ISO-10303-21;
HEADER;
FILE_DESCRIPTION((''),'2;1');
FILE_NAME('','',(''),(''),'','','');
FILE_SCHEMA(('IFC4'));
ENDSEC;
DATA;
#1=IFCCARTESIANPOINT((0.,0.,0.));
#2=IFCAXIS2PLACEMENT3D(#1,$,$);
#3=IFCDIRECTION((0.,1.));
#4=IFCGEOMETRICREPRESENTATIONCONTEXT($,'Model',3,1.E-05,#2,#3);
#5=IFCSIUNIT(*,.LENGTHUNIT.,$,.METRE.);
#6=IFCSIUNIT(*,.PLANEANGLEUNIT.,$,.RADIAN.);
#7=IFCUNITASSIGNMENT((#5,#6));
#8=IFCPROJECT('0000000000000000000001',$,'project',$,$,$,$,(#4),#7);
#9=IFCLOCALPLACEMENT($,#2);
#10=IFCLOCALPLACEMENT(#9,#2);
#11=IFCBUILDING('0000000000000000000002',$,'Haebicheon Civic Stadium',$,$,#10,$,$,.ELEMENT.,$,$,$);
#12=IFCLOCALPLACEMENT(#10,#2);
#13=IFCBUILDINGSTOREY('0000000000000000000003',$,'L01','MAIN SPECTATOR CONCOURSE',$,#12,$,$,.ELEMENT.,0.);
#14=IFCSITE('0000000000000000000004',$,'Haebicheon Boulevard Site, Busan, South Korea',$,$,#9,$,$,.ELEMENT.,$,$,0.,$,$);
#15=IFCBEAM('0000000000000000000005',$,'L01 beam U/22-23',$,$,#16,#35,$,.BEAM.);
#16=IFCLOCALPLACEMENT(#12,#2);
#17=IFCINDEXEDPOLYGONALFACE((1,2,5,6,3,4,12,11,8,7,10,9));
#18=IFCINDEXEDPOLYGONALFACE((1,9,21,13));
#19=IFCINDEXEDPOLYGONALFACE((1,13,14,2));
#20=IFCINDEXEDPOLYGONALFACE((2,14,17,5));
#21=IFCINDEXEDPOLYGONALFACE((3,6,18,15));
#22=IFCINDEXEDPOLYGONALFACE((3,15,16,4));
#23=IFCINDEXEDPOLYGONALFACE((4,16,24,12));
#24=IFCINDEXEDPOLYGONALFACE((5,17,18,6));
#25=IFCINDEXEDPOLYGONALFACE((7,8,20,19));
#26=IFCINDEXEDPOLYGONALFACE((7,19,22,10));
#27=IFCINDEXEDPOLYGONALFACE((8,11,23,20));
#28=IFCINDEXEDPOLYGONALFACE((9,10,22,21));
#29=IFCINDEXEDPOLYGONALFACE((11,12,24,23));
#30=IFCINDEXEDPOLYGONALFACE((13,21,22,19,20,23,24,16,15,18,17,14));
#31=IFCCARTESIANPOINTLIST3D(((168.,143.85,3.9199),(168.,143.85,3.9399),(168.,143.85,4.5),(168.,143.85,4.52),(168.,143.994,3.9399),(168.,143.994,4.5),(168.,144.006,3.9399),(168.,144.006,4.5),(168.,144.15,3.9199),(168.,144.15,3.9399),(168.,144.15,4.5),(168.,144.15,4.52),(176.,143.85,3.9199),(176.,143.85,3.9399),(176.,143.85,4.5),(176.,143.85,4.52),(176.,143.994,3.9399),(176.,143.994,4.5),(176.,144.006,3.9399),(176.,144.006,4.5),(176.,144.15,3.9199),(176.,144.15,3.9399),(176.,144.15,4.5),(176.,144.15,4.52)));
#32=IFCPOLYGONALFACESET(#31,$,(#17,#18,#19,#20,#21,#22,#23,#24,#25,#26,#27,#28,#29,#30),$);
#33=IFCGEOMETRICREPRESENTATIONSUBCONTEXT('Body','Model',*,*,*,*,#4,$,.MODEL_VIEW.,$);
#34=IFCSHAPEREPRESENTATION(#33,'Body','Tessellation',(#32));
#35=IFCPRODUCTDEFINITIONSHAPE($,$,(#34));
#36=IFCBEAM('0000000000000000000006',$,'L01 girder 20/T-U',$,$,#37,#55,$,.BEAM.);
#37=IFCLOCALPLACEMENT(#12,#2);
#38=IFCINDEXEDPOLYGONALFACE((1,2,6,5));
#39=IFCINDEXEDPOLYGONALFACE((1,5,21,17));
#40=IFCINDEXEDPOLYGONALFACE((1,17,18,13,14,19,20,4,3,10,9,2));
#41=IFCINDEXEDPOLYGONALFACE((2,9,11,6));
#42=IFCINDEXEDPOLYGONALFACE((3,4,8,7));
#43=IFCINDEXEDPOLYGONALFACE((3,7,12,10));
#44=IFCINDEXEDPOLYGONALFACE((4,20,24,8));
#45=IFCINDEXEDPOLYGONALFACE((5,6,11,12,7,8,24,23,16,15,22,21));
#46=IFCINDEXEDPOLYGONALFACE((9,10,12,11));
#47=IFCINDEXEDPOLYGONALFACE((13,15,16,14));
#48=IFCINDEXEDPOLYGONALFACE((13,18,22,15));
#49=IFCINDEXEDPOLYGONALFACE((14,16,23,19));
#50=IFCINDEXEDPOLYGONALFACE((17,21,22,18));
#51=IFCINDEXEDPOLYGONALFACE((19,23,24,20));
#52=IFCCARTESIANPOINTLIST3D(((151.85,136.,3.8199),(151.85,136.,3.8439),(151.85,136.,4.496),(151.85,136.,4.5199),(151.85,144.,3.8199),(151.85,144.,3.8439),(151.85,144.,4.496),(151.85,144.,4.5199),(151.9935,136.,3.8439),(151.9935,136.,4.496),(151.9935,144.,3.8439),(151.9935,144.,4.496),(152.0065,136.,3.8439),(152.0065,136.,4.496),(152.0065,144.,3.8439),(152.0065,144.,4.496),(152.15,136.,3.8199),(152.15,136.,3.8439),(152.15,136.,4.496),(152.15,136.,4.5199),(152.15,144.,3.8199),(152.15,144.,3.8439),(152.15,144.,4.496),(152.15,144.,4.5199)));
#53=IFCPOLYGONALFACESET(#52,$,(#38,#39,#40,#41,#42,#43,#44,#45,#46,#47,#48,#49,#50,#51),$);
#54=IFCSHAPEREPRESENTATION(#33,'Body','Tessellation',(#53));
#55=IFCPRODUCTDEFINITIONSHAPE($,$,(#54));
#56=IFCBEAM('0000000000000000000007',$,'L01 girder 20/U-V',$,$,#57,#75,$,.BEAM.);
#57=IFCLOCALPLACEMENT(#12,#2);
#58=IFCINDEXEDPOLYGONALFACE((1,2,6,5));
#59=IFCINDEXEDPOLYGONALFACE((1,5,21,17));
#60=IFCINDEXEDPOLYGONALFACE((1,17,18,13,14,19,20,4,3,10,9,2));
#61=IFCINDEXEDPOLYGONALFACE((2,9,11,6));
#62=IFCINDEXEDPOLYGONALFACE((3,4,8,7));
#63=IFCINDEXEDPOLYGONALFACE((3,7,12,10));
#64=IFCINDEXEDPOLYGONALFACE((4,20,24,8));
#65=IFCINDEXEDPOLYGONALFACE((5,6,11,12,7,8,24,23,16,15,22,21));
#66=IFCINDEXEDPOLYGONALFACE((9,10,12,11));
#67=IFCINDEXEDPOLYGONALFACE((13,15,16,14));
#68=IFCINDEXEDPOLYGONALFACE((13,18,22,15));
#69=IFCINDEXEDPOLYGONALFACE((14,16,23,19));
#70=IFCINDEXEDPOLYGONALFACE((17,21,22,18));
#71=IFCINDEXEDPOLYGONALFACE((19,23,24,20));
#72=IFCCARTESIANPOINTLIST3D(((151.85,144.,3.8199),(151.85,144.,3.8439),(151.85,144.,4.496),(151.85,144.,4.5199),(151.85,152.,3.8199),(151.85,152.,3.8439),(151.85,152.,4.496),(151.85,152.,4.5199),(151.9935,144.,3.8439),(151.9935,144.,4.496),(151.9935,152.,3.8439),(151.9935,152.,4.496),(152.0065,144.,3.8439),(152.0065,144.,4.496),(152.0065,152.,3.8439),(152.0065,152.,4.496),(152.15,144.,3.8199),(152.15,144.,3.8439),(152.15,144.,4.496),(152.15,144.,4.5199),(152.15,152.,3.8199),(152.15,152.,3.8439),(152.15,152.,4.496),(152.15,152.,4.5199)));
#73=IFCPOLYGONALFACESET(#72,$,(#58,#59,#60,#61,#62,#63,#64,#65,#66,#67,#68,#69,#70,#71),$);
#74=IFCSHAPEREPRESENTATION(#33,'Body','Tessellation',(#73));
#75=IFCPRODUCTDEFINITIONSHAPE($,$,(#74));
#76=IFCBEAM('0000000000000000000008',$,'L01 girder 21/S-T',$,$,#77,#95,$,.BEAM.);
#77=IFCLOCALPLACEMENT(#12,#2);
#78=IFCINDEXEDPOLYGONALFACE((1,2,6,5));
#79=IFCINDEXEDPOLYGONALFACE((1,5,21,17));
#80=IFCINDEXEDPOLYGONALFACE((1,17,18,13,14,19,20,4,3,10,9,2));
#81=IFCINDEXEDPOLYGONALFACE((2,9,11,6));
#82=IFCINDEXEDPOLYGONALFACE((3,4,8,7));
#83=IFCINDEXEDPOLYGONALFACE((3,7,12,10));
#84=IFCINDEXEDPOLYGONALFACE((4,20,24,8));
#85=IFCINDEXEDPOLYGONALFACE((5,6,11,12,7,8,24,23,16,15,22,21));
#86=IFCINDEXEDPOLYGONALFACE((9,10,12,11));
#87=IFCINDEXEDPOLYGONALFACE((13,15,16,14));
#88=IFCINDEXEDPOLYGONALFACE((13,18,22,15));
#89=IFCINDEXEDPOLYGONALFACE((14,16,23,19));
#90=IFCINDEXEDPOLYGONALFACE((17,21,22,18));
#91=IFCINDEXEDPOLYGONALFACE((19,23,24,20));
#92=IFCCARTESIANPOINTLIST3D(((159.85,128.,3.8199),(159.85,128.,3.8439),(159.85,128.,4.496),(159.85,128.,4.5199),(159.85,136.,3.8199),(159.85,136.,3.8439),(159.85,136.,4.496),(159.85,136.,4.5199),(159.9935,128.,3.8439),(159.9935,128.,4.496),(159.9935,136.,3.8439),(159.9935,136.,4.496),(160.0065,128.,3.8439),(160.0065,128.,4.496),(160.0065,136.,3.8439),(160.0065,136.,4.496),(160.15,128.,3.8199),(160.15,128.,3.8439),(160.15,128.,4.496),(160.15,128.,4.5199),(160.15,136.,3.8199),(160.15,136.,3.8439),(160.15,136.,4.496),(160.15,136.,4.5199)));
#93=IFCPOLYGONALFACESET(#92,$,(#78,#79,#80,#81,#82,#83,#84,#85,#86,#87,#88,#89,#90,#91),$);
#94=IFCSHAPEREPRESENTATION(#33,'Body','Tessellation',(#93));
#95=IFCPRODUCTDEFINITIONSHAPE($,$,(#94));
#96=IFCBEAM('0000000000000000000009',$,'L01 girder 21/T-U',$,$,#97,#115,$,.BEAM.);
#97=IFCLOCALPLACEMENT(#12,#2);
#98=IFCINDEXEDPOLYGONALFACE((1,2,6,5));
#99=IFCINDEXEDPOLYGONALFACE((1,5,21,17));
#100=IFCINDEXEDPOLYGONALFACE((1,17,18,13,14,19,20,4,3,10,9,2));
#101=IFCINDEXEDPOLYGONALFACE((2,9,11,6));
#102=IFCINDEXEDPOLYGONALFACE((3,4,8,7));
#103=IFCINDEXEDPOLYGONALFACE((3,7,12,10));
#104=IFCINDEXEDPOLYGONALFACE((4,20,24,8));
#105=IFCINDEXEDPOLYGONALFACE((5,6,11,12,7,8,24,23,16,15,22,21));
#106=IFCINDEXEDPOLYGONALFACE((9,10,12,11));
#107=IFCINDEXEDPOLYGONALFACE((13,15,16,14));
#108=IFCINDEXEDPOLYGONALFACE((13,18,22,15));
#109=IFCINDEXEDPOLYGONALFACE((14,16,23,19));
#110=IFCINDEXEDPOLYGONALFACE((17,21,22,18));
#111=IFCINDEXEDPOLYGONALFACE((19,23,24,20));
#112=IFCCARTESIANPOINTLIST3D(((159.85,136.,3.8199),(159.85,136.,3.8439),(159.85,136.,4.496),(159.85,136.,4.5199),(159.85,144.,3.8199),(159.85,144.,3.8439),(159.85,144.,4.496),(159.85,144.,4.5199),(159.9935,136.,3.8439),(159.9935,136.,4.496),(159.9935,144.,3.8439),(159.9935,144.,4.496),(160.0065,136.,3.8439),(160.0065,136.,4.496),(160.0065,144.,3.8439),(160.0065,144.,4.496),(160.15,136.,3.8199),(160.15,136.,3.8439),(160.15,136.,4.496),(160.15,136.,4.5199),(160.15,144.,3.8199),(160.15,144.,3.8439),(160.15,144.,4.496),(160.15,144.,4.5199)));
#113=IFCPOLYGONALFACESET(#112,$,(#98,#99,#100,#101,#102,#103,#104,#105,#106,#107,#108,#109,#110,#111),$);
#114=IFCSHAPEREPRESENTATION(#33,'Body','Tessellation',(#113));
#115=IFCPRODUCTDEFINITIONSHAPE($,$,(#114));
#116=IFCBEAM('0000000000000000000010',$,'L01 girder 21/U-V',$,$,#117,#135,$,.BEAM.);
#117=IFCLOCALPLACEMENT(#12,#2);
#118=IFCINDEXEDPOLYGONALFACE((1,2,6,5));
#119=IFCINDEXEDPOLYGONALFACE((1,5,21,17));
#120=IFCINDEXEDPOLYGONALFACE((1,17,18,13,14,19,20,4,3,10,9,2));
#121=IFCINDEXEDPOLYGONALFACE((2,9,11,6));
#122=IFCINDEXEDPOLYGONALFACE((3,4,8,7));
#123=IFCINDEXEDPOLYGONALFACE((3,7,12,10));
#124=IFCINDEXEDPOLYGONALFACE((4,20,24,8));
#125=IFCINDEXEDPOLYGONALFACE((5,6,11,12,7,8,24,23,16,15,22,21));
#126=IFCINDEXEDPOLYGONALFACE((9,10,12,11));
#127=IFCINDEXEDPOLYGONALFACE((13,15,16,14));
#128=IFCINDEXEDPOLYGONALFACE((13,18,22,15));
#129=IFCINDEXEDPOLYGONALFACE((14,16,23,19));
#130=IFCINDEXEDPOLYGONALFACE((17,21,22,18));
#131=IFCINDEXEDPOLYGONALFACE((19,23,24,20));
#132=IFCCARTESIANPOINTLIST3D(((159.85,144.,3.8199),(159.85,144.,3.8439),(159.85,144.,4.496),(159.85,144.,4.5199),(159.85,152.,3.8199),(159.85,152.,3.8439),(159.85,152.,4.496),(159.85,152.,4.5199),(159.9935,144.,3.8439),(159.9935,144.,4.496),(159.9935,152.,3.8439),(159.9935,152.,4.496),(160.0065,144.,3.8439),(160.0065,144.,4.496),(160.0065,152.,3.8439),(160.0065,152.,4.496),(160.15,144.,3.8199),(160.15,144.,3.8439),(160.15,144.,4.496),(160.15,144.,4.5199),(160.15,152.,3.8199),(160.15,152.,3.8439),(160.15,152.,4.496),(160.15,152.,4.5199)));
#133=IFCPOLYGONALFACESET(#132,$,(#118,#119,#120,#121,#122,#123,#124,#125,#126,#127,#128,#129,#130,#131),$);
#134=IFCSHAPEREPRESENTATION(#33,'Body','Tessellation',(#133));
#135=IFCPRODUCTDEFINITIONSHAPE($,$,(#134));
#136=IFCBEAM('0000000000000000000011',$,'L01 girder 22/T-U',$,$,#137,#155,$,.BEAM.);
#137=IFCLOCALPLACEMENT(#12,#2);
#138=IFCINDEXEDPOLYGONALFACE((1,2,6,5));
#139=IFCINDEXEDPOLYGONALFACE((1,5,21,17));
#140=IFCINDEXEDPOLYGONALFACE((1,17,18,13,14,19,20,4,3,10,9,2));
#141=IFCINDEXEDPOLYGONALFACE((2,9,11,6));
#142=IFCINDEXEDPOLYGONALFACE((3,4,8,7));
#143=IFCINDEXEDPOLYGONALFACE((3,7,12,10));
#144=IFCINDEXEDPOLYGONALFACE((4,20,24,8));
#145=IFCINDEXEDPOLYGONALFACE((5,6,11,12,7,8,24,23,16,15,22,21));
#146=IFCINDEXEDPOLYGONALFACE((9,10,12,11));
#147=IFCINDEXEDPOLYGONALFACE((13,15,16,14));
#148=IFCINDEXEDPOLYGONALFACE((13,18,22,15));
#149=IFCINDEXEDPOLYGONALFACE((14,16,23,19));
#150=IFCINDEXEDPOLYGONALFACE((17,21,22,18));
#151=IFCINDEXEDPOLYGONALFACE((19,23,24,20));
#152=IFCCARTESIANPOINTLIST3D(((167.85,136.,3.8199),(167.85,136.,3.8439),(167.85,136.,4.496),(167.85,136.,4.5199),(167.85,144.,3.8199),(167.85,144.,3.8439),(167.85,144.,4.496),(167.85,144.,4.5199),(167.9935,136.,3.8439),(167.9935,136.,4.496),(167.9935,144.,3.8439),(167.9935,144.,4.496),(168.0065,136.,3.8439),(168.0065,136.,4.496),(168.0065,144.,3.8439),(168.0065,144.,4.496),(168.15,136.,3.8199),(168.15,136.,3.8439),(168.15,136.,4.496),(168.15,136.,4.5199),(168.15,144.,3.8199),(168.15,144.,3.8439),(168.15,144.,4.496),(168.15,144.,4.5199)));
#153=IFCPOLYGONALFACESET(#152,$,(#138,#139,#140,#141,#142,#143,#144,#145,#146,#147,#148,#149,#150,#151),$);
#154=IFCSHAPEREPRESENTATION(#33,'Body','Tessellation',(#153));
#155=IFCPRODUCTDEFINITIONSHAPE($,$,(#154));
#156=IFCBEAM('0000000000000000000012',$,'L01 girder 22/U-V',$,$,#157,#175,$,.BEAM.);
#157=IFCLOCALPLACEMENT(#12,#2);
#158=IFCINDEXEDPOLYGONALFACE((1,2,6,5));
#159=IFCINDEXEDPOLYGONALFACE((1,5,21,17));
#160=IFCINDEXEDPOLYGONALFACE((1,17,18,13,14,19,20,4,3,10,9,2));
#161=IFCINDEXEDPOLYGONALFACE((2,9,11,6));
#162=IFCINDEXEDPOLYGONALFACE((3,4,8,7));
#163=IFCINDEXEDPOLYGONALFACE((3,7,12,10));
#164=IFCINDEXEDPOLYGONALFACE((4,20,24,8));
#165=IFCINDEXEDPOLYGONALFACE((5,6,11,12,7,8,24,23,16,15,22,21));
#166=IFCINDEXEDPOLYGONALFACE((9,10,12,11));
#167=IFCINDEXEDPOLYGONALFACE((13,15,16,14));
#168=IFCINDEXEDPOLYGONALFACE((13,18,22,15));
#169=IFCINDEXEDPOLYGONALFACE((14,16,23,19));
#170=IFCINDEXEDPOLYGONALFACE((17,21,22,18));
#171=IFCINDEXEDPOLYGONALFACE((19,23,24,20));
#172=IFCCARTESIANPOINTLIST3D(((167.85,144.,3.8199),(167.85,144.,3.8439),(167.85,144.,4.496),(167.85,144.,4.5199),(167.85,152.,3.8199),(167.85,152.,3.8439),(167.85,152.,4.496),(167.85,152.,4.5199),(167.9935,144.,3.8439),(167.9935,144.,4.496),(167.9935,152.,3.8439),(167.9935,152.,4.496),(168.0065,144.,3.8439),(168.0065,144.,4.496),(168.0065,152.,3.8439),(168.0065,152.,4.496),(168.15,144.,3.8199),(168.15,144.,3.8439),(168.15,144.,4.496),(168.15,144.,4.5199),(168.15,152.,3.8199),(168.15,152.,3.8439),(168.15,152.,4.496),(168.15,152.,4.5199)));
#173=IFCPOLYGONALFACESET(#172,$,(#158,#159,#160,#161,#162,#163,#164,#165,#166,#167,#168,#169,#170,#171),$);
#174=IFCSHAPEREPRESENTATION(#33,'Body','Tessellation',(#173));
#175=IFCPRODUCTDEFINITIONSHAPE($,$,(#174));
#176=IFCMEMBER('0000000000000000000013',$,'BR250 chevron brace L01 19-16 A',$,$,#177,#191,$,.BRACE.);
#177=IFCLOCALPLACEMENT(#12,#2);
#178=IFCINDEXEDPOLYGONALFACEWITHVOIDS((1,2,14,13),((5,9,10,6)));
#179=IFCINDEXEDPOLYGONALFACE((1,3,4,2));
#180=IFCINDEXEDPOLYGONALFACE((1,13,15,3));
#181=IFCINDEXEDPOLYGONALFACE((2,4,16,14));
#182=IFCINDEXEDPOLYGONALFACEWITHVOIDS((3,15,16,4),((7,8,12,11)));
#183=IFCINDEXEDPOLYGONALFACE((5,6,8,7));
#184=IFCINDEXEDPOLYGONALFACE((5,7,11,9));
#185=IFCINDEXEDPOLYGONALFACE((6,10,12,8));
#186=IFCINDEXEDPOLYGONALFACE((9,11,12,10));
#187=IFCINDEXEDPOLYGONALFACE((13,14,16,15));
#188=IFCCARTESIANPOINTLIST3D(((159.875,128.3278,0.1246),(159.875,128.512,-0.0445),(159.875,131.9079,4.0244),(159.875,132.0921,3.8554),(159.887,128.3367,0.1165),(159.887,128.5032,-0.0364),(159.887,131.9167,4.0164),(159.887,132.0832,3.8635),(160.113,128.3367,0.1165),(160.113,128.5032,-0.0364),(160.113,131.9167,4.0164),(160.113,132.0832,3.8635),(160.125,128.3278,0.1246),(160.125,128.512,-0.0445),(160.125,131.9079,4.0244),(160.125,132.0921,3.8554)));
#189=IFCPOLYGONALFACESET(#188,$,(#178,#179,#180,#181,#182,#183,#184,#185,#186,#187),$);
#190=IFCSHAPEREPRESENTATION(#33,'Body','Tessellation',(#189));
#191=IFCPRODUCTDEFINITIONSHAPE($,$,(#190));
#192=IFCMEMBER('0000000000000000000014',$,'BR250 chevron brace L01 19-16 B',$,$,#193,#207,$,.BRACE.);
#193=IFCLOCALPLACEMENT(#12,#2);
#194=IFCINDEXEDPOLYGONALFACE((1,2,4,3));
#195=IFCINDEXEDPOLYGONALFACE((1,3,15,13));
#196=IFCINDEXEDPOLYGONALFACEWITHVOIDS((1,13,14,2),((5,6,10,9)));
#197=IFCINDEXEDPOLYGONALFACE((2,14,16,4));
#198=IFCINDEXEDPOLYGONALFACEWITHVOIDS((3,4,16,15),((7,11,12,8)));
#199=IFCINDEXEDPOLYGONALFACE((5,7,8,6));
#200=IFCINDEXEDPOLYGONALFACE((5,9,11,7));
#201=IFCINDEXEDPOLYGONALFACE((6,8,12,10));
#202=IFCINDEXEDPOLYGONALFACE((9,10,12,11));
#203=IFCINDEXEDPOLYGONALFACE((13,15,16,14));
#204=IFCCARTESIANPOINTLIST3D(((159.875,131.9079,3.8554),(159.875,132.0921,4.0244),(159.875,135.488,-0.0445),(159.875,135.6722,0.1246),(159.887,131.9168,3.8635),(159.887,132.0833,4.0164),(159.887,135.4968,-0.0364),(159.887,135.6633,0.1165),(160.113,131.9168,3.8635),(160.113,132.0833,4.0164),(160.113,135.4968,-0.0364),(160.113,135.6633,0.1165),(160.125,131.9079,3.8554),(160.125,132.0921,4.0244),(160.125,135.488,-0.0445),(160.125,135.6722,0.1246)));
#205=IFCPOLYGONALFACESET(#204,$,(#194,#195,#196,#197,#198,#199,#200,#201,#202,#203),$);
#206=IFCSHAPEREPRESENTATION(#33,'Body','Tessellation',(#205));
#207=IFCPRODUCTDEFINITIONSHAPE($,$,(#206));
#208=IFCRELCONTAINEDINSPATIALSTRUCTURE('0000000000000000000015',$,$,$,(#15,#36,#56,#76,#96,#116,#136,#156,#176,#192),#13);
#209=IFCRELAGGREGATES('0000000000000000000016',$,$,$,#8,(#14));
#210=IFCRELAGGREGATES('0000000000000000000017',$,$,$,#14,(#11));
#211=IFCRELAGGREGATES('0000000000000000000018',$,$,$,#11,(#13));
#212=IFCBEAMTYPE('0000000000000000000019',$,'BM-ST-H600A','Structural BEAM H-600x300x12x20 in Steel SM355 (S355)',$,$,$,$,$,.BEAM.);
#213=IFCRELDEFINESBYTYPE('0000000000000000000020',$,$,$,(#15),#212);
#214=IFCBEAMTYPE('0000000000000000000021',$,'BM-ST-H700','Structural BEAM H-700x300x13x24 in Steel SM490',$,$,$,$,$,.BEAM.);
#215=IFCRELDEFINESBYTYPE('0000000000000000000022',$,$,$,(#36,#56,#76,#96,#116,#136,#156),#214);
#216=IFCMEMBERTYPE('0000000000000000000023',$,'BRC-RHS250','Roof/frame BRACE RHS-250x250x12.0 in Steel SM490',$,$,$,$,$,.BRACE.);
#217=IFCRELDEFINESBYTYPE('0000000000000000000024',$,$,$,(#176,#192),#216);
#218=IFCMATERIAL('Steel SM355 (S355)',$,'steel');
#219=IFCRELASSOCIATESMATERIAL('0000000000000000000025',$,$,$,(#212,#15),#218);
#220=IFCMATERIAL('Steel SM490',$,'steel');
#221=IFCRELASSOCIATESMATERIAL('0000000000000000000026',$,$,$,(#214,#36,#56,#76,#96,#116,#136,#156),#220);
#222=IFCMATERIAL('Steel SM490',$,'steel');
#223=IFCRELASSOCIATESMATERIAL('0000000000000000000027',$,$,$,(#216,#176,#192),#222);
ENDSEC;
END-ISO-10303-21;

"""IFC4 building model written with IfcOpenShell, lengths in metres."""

from ifc_helpers import new_model, si_unit, direction, frame, origin, origin_2d, place, context, subcontext, project, spatial, hollow_rectangle, i_section, extrude, material, material_profile, profile_set, type_object, element, save


model = new_model("IFC4")

# Units and contexts
model_context = context("Model", 3, precision=1e-05, world=origin(), true_north=direction((0.0, 1.0)))
body_context = subcontext(model_context, "Body", "Model", "MODEL_VIEW")
ifc_project = project(units=[si_unit("LENGTHUNIT", "METRE"), si_unit("PLANEANGLEUNIT", "RADIAN")], contexts=[model_context])

# Site, building, storey
site_placement = place(None, origin())
site = spatial("IfcSite", under=ifc_project, at=site_placement, Name="Haebicheon Boulevard Site, Busan, South Korea", CompositionType="ELEMENT", RefElevation=0.0)
building_placement = place(site_placement, origin())
building = spatial("IfcBuilding", under=site, at=building_placement, Name="Haebicheon Civic Stadium", CompositionType="ELEMENT")
storey_placement = place(building_placement, origin())
storey = spatial("IfcBuildingStorey", under=building, at=storey_placement, Name="L01", Description="MAIN SPECTATOR CONCOURSE", CompositionType="ELEMENT", Elevation=0.0)

# Beams
ifc_material_1 = material(Name="Steel SM355 (S355)", Category="steel")
ifc_material_profile_1 = material_profile(ifc_material_1, i_section(OverallWidth=0.3, OverallDepth=0.6001, WebThickness=0.012, FlangeThickness=0.02, at=origin_2d()), Name="H-600x300x12x20")
ifc_profile_set_1 = profile_set([ifc_material_profile_1], Name="Steel SM355 (S355)")
beam_type_1 = type_object("IfcBeamType", Name="BM-ST-H600A", Description="Structural BEAM H-600x300x12x20 in Steel SM355 (S355)", PredefinedType="BEAM", material=ifc_profile_set_1)
for number, where, z_axis, x_axis, name in (
    (1, (168.0, 144.0, 4.22), (1.0, 0.0, 0.0), (0.0, 1.0, 0.0), "L01 beam U/22-23"),
):
    element("IfcBeam", number, at=place(storey_placement, frame(where, z_axis=z_axis, x_axis=x_axis)), inside=storey, type_object=beam_type_1, material=ifc_profile_set_1, Name=name, PredefinedType="BEAM", context=body_context, shape_type="SweptSolid", body=[
        extrude(i_section(OverallWidth=0.3, OverallDepth=0.6001, WebThickness=0.012, FlangeThickness=0.02, at=origin_2d()), origin(), (0.0, 0.0, 1.0), 8.0),
    ])
ifc_material_2 = material(Name="Steel SM490", Category="steel")
ifc_material_profile_2 = material_profile(ifc_material_2, i_section(OverallWidth=0.3, OverallDepth=0.7, WebThickness=0.0129, FlangeThickness=0.0239, at=origin_2d()), Name="H-700x300x13x24")
ifc_profile_set_2 = profile_set([ifc_material_profile_2], Name="Steel SM490")
beam_type_2 = type_object("IfcBeamType", Name="BM-ST-H700", Description="Structural BEAM H-700x300x13x24 in Steel SM490", PredefinedType="BEAM", material=ifc_profile_set_2)
for number, where, z_axis, x_axis, name in (
    (2, (152.0, 136.0, 4.1699), (0.0, 1.0, 0.0), (-1.0, 0.0, 0.0), "L01 girder 20/T-U"),
    (3, (152.0, 144.0, 4.1699), (0.0, 1.0, 0.0), (-1.0, 0.0, 0.0), "L01 girder 20/U-V"),
    (4, (160.0, 128.0, 4.1699), (0.0, 1.0, 0.0), (-1.0, 0.0, 0.0), "L01 girder 21/S-T"),
    (5, (160.0, 136.0, 4.1699), (0.0, 1.0, 0.0), (-1.0, 0.0, 0.0), "L01 girder 21/T-U"),
    (6, (160.0, 144.0, 4.1699), (0.0, 1.0, 0.0), (-1.0, 0.0, 0.0), "L01 girder 21/U-V"),
    (7, (168.0, 136.0, 4.1699), (0.0, 1.0, 0.0), (-1.0, 0.0, 0.0), "L01 girder 22/T-U"),
    (8, (168.0, 144.0, 4.1699), (0.0, 1.0, 0.0), (-1.0, 0.0, 0.0), "L01 girder 22/U-V"),
):
    element("IfcBeam", number, at=place(storey_placement, frame(where, z_axis=z_axis, x_axis=x_axis)), inside=storey, type_object=beam_type_2, material=ifc_profile_set_2, Name=name, PredefinedType="BEAM", context=body_context, shape_type="SweptSolid", body=[
        extrude(i_section(OverallWidth=0.3, OverallDepth=0.7, WebThickness=0.0129, FlangeThickness=0.0239, at=origin_2d()), origin(), (0.0, 0.0, 1.0), 8.0),
    ])

# Members
ifc_material_3 = material(Name="Steel SM490", Category="steel")
ifc_material_profile_3 = material_profile(ifc_material_3, hollow_rectangle(XDim=0.25, YDim=0.25, WallThickness=0.012, at=origin_2d()), Name="RHS-250x250x12.0")
ifc_profile_set_3 = profile_set([ifc_material_profile_3], Name="Steel SM490")
member_type = type_object("IfcMemberType", Name="BRC-RHS250", Description="Roof/frame BRACE RHS-250x250x12.0 in Steel SM490", PredefinedType="BRACE", material=ifc_profile_set_3)
for number, where, z_axis, x_axis, name in (
    (9, (160.0, 128.4199, 0.04), (0.0, 0.676255, 0.736668), (-1.0, 0.0, 0.0), "BR250 chevron brace L01 19-16 A"),
    (10, (160.0, 135.5801, 0.04), (0.0, -0.676255, 0.736668), (1.0, 0.0, 0.0), "BR250 chevron brace L01 19-16 B"),
):
    element("IfcMember", number, at=place(storey_placement, frame(where, z_axis=z_axis, x_axis=x_axis)), inside=storey, type_object=member_type, material=ifc_profile_set_3, Name=name, PredefinedType="BRACE", context=body_context, shape_type="SweptSolid", body=[
        extrude(hollow_rectangle(XDim=0.25, YDim=0.25, WallThickness=0.012, at=origin_2d()), origin(), (0.0, 0.0, 1.0), 5.2939),
    ])

save(model, "model.ifc")
